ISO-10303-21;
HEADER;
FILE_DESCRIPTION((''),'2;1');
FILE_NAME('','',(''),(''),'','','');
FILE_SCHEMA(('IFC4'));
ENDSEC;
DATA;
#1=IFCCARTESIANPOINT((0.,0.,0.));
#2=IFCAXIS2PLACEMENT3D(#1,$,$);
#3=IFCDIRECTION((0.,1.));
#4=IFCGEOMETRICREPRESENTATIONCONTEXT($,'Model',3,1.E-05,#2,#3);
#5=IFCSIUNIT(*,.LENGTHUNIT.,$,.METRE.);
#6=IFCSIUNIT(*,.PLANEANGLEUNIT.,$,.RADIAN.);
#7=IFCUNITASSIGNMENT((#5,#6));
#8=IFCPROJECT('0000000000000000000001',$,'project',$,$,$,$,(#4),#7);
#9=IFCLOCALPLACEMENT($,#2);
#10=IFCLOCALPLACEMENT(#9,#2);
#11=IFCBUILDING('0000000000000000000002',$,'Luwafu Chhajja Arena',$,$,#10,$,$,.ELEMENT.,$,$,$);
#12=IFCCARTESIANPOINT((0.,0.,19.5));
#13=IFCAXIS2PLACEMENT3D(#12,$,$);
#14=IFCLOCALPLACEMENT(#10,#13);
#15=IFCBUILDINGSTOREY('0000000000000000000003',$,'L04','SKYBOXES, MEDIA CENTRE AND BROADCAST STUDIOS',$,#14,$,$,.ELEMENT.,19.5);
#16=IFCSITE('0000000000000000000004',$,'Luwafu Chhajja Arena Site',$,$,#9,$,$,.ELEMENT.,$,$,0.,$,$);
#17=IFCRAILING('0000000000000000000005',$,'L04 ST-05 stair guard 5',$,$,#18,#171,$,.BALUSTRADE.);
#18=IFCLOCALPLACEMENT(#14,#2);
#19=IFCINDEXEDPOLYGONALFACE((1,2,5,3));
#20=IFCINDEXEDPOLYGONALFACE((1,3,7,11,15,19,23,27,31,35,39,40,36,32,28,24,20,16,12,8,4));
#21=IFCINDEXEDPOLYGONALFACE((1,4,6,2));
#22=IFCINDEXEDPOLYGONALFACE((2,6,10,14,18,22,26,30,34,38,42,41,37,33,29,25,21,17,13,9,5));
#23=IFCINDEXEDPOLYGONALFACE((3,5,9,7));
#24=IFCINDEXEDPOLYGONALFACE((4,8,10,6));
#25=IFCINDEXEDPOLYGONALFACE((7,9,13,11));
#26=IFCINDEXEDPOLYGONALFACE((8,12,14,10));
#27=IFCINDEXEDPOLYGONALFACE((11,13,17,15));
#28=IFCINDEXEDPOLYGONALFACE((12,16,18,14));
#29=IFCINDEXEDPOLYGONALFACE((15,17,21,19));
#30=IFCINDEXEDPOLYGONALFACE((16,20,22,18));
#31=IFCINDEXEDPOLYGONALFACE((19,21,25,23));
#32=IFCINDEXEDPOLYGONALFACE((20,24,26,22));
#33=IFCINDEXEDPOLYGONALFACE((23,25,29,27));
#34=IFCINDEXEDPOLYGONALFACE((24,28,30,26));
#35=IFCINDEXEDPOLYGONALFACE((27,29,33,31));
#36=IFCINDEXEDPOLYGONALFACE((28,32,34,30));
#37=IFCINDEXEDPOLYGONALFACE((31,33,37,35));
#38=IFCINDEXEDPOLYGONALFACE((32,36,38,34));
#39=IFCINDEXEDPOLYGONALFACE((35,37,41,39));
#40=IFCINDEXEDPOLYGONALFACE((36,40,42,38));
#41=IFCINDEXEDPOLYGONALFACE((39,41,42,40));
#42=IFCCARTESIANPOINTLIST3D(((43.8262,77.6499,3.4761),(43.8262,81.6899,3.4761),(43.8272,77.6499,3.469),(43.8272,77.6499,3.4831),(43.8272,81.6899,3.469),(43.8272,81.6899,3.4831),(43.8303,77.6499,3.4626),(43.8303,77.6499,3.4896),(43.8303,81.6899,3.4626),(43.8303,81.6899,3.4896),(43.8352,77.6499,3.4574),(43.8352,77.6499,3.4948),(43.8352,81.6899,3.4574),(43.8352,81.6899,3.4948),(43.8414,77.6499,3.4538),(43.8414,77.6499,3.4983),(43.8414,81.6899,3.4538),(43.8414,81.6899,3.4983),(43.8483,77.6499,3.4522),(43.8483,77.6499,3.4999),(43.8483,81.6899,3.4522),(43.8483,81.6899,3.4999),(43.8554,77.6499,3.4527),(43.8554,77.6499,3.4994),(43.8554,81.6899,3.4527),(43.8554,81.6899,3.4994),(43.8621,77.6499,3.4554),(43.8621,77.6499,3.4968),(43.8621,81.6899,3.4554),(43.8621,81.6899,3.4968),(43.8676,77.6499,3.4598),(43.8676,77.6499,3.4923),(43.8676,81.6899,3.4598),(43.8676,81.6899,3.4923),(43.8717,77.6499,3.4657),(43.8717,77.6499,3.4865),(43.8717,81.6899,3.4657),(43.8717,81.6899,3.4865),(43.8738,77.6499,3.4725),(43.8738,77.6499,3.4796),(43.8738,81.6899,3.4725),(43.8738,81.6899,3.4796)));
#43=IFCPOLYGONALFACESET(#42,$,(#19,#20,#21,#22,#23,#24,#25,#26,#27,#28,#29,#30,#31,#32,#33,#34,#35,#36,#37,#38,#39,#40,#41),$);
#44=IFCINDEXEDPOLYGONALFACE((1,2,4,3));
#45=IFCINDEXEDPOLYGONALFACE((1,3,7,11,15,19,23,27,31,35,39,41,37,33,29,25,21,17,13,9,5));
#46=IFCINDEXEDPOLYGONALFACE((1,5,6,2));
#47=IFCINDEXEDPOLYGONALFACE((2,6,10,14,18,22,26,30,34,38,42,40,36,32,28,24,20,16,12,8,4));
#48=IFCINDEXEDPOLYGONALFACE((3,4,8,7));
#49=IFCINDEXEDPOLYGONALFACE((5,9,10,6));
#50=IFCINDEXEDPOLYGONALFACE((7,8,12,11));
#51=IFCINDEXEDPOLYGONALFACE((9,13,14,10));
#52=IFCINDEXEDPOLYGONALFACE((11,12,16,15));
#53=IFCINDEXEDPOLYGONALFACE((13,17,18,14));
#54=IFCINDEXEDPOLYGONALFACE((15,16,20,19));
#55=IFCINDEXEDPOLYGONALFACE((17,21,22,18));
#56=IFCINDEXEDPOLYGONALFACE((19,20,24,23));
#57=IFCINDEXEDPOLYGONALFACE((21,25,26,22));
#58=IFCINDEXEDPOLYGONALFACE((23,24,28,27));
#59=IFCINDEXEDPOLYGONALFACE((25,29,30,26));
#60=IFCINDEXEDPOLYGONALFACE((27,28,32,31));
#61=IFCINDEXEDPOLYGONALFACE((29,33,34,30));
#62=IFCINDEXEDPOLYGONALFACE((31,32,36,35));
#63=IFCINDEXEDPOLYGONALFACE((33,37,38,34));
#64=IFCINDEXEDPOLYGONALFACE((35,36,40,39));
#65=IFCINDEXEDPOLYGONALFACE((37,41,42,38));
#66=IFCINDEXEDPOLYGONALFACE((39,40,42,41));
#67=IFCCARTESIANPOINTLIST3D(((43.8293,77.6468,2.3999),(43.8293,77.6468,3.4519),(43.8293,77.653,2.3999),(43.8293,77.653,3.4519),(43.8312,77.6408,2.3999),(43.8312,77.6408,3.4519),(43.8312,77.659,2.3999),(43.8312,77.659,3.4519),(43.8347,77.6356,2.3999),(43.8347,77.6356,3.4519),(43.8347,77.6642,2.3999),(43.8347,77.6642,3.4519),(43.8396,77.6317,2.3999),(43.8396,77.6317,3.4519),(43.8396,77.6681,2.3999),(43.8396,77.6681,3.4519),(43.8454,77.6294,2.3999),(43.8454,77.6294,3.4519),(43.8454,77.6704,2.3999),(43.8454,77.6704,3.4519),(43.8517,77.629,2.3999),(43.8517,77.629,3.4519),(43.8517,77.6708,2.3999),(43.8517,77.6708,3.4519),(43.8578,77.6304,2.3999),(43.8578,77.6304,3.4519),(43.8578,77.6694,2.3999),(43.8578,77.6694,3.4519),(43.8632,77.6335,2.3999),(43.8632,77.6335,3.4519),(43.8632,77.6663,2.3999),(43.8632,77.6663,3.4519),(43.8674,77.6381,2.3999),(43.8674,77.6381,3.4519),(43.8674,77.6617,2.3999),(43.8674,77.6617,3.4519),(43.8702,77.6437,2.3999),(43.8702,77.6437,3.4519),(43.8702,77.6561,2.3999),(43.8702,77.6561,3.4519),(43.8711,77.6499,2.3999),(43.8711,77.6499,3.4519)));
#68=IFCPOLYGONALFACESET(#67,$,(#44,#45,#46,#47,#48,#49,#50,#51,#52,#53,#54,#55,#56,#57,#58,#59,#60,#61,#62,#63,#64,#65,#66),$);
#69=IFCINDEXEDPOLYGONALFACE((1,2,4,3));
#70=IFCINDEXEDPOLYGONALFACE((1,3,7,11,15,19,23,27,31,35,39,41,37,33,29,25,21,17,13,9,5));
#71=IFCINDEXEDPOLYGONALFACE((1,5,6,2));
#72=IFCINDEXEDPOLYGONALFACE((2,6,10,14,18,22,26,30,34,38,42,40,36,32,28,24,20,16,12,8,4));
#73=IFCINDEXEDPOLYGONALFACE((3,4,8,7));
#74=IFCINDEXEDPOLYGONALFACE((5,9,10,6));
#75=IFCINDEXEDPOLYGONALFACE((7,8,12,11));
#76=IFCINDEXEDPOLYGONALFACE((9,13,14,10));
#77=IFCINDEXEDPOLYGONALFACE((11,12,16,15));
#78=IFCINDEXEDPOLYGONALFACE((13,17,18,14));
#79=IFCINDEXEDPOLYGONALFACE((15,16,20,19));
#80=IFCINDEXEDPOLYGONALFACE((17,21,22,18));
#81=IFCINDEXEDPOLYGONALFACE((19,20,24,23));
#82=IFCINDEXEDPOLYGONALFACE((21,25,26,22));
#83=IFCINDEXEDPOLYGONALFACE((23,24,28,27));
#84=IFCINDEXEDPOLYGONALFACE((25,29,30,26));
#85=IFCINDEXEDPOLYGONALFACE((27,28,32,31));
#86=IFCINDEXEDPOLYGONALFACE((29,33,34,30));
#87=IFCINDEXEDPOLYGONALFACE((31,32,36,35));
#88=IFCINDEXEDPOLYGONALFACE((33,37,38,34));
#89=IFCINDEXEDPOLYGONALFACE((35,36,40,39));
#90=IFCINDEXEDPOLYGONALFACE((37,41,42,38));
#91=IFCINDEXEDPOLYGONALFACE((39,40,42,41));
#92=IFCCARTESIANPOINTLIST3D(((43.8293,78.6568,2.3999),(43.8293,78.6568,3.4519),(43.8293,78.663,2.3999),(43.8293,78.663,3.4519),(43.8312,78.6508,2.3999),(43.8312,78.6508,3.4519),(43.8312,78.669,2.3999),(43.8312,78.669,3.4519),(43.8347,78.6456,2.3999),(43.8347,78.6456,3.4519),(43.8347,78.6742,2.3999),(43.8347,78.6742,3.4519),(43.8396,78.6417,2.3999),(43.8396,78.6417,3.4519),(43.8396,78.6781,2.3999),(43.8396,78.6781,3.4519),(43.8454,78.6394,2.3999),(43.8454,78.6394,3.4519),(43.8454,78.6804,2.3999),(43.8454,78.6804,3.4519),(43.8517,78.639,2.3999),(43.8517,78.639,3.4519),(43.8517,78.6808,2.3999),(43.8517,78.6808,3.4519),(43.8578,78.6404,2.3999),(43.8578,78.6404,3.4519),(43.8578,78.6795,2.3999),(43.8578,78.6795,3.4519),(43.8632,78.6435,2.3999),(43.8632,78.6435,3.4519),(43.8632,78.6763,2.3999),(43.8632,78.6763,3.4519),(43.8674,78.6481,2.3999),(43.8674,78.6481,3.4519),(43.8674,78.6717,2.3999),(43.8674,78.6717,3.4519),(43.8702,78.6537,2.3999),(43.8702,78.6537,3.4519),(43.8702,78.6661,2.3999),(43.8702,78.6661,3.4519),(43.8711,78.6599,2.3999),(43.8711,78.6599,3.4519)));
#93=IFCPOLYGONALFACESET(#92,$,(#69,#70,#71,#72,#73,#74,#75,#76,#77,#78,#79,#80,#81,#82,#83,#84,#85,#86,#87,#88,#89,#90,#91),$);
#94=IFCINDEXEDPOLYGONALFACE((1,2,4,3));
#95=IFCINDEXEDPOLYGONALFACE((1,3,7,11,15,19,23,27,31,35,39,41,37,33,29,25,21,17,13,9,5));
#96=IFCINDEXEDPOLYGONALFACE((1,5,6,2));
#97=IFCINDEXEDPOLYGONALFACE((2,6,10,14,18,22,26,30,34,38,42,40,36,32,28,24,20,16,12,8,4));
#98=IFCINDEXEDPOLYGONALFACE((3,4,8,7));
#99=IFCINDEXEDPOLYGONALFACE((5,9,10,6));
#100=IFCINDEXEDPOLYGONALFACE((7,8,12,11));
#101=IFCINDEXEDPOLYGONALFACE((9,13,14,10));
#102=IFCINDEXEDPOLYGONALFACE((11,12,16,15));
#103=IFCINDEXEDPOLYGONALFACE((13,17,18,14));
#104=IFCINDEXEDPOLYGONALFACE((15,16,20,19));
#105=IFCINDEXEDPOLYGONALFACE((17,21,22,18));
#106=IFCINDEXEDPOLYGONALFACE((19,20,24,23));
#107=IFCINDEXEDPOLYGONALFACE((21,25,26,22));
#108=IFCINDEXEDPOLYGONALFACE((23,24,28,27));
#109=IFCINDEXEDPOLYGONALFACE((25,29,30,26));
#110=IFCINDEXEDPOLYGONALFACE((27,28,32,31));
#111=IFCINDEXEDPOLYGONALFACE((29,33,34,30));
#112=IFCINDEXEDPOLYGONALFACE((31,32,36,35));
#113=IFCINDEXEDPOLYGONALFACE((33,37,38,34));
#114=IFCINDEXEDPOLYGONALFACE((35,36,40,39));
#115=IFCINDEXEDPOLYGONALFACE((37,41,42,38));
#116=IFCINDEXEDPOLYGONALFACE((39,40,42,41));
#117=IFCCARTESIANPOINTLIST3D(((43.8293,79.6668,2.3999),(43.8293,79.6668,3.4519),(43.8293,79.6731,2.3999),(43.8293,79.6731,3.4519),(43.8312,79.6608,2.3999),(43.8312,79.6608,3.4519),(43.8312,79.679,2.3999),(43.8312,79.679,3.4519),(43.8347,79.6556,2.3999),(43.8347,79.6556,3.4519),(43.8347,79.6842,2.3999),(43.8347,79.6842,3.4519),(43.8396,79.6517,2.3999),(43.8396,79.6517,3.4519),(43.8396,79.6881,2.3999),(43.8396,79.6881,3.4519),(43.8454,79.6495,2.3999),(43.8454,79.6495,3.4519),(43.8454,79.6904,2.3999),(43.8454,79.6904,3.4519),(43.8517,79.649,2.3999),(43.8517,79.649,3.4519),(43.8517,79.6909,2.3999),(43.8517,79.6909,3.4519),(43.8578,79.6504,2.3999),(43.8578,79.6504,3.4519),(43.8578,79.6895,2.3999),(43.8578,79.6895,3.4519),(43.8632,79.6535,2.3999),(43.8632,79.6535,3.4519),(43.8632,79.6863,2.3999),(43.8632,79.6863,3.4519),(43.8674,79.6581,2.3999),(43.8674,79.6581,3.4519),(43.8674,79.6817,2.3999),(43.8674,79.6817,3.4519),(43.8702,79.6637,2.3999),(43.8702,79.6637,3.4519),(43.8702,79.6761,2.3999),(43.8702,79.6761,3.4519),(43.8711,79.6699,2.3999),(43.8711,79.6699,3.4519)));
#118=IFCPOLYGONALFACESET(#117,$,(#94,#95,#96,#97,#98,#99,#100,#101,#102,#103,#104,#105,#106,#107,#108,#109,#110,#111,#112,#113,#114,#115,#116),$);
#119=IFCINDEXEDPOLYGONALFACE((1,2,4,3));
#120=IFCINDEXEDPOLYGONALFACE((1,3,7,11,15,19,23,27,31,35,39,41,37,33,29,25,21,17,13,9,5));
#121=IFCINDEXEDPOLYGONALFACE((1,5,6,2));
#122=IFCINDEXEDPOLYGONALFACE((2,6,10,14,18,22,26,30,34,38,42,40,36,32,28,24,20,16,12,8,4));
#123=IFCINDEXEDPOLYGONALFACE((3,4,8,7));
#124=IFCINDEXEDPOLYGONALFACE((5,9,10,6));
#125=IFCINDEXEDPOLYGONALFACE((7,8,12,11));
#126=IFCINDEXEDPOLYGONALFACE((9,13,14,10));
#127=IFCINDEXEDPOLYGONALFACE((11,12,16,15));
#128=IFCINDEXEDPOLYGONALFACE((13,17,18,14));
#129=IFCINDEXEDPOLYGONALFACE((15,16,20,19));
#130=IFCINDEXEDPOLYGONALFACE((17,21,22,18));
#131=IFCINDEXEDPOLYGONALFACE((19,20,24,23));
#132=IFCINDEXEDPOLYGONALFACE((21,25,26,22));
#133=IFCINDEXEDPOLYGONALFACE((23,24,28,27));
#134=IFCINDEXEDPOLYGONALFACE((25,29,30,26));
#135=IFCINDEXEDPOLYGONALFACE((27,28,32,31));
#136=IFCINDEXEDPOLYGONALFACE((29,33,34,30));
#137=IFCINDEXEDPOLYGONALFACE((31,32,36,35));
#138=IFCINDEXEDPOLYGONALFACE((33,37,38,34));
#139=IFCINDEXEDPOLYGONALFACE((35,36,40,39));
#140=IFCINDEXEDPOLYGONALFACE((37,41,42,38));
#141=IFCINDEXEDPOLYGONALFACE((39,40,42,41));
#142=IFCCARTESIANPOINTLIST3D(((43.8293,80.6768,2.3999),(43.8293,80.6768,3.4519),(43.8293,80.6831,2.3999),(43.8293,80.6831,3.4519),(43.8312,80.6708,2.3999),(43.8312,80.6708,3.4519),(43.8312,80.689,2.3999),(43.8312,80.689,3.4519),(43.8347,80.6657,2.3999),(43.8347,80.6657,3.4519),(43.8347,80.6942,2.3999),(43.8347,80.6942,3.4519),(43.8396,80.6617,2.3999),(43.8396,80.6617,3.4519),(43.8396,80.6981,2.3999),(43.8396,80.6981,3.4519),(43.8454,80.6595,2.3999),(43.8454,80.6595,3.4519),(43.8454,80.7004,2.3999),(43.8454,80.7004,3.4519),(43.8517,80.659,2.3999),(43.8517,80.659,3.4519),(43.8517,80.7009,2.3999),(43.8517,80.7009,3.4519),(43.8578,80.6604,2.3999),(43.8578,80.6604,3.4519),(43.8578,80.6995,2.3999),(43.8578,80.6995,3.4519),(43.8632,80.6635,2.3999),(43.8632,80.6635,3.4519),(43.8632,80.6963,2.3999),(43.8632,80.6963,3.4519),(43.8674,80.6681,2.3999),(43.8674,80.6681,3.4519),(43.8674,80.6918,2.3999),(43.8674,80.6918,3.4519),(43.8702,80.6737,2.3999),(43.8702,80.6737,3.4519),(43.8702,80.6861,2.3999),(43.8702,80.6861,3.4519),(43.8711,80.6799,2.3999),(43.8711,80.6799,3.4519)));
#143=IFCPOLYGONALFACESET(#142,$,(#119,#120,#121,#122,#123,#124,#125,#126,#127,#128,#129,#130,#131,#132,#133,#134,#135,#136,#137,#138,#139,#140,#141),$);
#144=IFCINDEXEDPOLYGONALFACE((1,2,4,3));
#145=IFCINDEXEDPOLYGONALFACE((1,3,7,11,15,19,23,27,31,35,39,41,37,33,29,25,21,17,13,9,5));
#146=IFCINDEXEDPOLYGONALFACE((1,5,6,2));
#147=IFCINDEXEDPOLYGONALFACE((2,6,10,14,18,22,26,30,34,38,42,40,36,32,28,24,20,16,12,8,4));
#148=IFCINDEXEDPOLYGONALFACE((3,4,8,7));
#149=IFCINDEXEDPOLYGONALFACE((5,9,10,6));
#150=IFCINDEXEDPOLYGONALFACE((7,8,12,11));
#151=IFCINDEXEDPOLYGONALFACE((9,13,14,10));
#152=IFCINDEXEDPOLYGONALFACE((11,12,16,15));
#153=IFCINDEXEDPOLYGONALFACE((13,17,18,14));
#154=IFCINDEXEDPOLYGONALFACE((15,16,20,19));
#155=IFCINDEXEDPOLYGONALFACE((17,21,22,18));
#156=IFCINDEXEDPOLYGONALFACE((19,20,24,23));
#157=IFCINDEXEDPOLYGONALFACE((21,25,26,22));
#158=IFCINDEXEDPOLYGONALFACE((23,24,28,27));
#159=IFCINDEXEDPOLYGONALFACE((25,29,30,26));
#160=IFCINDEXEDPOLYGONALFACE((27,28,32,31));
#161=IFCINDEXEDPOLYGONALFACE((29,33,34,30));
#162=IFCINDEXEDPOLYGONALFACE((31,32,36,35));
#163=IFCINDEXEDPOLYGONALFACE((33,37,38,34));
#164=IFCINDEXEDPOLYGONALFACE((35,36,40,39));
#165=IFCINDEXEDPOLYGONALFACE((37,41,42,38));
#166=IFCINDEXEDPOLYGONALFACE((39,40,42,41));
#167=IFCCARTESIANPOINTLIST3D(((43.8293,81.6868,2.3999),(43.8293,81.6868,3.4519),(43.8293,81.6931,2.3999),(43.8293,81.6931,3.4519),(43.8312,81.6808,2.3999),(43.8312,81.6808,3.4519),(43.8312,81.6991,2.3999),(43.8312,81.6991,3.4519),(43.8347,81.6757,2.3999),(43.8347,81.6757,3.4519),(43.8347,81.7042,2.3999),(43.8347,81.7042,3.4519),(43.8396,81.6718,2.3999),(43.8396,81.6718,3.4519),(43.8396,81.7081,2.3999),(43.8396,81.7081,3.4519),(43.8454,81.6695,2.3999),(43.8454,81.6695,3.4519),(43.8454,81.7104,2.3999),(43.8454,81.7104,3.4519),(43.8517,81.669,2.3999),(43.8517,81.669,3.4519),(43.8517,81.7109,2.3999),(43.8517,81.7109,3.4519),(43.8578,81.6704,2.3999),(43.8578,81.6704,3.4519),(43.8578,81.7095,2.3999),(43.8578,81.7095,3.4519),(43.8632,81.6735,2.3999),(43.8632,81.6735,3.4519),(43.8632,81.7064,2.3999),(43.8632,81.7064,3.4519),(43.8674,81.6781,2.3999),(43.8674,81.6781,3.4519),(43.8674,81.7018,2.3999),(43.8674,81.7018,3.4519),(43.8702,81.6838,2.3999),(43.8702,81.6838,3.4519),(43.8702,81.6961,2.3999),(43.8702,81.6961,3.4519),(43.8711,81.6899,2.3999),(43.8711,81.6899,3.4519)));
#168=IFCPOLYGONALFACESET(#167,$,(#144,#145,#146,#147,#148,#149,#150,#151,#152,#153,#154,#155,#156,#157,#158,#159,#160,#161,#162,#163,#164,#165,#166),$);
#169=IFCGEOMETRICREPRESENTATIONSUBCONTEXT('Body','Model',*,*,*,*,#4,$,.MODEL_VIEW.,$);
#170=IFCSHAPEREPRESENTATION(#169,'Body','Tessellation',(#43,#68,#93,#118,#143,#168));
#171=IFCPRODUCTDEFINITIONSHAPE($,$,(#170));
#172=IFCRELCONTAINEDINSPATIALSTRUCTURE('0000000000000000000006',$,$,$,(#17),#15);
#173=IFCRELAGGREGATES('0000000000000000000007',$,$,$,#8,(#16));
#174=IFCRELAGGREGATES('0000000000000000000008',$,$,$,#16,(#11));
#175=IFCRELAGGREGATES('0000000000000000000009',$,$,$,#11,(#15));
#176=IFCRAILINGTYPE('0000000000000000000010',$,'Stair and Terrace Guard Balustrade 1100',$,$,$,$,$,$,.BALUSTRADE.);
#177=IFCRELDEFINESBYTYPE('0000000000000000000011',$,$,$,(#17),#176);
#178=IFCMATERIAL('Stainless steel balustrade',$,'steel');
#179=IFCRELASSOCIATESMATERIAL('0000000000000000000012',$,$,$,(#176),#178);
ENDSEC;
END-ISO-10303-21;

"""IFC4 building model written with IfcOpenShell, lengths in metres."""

from ifc_helpers import new_model, si_unit, direction, frame, origin, origin_2d, place, context, subcontext, project, spatial, circle, extrude, material, type_object, element, save


model = new_model("IFC4")

# Units and contexts
model_context = context("Model", 3, precision=1e-05, world=origin(), true_north=direction((0.0, 1.0)))
body_context = subcontext(model_context, "Body", "Model", "MODEL_VIEW")
ifc_project = project(units=[si_unit("LENGTHUNIT", "METRE"), si_unit("PLANEANGLEUNIT", "RADIAN")], contexts=[model_context])

# Site, building, storey
site_placement = place(None, origin())
site = spatial("IfcSite", under=ifc_project, at=site_placement, Name="Luwafu Chhajja Arena Site", CompositionType="ELEMENT", RefElevation=0.0)
building_placement = place(site_placement, origin())
building = spatial("IfcBuilding", under=site, at=building_placement, Name="Luwafu Chhajja Arena", CompositionType="ELEMENT")
storey_placement = place(building_placement, frame((0.0, 0.0, 19.5)))
storey = spatial("IfcBuildingStorey", under=building, at=storey_placement, Name="L04", Description="SKYBOXES, MEDIA CENTRE AND BROADCAST STUDIOS", CompositionType="ELEMENT", Elevation=19.5)

# Railing
ifc_material_1 = material(Name="Stainless steel balustrade", Category="steel")
railing_type_1 = type_object("IfcRailingType", Name="Stair and Terrace Guard Balustrade 1100", PredefinedType="BALUSTRADE", material=ifc_material_1)
railing_1_placement = place(storey_placement, frame((43.8501, 77.6499, 2.3999)))
element("IfcRailing", 1, at=railing_1_placement, inside=storey, type_object=railing_type_1, Name="L04 ST-05 stair guard 5", PredefinedType="BALUSTRADE", context=body_context, shape_type="SweptSolid", body=[
    extrude(circle(Radius=0.0239, at=origin_2d()), frame((0.0, 0.0, 1.0762), z_axis=(0.0, 1.0, 0.0), x_axis=(-1.0, 0.0, 0.0)), (0.0, 0.0, 1.0), 4.04),
    extrude(circle(Radius=0.021, at=origin_2d()), origin(), (0.0, 0.0, 1.0), 1.052),
    extrude(circle(Radius=0.021, at=origin_2d()), frame((0.0, 1.01, 0.0)), (0.0, 0.0, 1.0), 1.052),
    extrude(circle(Radius=0.021, at=origin_2d()), frame((0.0, 2.02, 0.0)), (0.0, 0.0, 1.0), 1.052),
    extrude(circle(Radius=0.021, at=origin_2d()), frame((0.0, 3.03, 0.0)), (0.0, 0.0, 1.0), 1.052),
    extrude(circle(Radius=0.021, at=origin_2d()), frame((0.0, 4.04, 0.0)), (0.0, 0.0, 1.0), 1.052),
])

save(model, "model.ifc")
